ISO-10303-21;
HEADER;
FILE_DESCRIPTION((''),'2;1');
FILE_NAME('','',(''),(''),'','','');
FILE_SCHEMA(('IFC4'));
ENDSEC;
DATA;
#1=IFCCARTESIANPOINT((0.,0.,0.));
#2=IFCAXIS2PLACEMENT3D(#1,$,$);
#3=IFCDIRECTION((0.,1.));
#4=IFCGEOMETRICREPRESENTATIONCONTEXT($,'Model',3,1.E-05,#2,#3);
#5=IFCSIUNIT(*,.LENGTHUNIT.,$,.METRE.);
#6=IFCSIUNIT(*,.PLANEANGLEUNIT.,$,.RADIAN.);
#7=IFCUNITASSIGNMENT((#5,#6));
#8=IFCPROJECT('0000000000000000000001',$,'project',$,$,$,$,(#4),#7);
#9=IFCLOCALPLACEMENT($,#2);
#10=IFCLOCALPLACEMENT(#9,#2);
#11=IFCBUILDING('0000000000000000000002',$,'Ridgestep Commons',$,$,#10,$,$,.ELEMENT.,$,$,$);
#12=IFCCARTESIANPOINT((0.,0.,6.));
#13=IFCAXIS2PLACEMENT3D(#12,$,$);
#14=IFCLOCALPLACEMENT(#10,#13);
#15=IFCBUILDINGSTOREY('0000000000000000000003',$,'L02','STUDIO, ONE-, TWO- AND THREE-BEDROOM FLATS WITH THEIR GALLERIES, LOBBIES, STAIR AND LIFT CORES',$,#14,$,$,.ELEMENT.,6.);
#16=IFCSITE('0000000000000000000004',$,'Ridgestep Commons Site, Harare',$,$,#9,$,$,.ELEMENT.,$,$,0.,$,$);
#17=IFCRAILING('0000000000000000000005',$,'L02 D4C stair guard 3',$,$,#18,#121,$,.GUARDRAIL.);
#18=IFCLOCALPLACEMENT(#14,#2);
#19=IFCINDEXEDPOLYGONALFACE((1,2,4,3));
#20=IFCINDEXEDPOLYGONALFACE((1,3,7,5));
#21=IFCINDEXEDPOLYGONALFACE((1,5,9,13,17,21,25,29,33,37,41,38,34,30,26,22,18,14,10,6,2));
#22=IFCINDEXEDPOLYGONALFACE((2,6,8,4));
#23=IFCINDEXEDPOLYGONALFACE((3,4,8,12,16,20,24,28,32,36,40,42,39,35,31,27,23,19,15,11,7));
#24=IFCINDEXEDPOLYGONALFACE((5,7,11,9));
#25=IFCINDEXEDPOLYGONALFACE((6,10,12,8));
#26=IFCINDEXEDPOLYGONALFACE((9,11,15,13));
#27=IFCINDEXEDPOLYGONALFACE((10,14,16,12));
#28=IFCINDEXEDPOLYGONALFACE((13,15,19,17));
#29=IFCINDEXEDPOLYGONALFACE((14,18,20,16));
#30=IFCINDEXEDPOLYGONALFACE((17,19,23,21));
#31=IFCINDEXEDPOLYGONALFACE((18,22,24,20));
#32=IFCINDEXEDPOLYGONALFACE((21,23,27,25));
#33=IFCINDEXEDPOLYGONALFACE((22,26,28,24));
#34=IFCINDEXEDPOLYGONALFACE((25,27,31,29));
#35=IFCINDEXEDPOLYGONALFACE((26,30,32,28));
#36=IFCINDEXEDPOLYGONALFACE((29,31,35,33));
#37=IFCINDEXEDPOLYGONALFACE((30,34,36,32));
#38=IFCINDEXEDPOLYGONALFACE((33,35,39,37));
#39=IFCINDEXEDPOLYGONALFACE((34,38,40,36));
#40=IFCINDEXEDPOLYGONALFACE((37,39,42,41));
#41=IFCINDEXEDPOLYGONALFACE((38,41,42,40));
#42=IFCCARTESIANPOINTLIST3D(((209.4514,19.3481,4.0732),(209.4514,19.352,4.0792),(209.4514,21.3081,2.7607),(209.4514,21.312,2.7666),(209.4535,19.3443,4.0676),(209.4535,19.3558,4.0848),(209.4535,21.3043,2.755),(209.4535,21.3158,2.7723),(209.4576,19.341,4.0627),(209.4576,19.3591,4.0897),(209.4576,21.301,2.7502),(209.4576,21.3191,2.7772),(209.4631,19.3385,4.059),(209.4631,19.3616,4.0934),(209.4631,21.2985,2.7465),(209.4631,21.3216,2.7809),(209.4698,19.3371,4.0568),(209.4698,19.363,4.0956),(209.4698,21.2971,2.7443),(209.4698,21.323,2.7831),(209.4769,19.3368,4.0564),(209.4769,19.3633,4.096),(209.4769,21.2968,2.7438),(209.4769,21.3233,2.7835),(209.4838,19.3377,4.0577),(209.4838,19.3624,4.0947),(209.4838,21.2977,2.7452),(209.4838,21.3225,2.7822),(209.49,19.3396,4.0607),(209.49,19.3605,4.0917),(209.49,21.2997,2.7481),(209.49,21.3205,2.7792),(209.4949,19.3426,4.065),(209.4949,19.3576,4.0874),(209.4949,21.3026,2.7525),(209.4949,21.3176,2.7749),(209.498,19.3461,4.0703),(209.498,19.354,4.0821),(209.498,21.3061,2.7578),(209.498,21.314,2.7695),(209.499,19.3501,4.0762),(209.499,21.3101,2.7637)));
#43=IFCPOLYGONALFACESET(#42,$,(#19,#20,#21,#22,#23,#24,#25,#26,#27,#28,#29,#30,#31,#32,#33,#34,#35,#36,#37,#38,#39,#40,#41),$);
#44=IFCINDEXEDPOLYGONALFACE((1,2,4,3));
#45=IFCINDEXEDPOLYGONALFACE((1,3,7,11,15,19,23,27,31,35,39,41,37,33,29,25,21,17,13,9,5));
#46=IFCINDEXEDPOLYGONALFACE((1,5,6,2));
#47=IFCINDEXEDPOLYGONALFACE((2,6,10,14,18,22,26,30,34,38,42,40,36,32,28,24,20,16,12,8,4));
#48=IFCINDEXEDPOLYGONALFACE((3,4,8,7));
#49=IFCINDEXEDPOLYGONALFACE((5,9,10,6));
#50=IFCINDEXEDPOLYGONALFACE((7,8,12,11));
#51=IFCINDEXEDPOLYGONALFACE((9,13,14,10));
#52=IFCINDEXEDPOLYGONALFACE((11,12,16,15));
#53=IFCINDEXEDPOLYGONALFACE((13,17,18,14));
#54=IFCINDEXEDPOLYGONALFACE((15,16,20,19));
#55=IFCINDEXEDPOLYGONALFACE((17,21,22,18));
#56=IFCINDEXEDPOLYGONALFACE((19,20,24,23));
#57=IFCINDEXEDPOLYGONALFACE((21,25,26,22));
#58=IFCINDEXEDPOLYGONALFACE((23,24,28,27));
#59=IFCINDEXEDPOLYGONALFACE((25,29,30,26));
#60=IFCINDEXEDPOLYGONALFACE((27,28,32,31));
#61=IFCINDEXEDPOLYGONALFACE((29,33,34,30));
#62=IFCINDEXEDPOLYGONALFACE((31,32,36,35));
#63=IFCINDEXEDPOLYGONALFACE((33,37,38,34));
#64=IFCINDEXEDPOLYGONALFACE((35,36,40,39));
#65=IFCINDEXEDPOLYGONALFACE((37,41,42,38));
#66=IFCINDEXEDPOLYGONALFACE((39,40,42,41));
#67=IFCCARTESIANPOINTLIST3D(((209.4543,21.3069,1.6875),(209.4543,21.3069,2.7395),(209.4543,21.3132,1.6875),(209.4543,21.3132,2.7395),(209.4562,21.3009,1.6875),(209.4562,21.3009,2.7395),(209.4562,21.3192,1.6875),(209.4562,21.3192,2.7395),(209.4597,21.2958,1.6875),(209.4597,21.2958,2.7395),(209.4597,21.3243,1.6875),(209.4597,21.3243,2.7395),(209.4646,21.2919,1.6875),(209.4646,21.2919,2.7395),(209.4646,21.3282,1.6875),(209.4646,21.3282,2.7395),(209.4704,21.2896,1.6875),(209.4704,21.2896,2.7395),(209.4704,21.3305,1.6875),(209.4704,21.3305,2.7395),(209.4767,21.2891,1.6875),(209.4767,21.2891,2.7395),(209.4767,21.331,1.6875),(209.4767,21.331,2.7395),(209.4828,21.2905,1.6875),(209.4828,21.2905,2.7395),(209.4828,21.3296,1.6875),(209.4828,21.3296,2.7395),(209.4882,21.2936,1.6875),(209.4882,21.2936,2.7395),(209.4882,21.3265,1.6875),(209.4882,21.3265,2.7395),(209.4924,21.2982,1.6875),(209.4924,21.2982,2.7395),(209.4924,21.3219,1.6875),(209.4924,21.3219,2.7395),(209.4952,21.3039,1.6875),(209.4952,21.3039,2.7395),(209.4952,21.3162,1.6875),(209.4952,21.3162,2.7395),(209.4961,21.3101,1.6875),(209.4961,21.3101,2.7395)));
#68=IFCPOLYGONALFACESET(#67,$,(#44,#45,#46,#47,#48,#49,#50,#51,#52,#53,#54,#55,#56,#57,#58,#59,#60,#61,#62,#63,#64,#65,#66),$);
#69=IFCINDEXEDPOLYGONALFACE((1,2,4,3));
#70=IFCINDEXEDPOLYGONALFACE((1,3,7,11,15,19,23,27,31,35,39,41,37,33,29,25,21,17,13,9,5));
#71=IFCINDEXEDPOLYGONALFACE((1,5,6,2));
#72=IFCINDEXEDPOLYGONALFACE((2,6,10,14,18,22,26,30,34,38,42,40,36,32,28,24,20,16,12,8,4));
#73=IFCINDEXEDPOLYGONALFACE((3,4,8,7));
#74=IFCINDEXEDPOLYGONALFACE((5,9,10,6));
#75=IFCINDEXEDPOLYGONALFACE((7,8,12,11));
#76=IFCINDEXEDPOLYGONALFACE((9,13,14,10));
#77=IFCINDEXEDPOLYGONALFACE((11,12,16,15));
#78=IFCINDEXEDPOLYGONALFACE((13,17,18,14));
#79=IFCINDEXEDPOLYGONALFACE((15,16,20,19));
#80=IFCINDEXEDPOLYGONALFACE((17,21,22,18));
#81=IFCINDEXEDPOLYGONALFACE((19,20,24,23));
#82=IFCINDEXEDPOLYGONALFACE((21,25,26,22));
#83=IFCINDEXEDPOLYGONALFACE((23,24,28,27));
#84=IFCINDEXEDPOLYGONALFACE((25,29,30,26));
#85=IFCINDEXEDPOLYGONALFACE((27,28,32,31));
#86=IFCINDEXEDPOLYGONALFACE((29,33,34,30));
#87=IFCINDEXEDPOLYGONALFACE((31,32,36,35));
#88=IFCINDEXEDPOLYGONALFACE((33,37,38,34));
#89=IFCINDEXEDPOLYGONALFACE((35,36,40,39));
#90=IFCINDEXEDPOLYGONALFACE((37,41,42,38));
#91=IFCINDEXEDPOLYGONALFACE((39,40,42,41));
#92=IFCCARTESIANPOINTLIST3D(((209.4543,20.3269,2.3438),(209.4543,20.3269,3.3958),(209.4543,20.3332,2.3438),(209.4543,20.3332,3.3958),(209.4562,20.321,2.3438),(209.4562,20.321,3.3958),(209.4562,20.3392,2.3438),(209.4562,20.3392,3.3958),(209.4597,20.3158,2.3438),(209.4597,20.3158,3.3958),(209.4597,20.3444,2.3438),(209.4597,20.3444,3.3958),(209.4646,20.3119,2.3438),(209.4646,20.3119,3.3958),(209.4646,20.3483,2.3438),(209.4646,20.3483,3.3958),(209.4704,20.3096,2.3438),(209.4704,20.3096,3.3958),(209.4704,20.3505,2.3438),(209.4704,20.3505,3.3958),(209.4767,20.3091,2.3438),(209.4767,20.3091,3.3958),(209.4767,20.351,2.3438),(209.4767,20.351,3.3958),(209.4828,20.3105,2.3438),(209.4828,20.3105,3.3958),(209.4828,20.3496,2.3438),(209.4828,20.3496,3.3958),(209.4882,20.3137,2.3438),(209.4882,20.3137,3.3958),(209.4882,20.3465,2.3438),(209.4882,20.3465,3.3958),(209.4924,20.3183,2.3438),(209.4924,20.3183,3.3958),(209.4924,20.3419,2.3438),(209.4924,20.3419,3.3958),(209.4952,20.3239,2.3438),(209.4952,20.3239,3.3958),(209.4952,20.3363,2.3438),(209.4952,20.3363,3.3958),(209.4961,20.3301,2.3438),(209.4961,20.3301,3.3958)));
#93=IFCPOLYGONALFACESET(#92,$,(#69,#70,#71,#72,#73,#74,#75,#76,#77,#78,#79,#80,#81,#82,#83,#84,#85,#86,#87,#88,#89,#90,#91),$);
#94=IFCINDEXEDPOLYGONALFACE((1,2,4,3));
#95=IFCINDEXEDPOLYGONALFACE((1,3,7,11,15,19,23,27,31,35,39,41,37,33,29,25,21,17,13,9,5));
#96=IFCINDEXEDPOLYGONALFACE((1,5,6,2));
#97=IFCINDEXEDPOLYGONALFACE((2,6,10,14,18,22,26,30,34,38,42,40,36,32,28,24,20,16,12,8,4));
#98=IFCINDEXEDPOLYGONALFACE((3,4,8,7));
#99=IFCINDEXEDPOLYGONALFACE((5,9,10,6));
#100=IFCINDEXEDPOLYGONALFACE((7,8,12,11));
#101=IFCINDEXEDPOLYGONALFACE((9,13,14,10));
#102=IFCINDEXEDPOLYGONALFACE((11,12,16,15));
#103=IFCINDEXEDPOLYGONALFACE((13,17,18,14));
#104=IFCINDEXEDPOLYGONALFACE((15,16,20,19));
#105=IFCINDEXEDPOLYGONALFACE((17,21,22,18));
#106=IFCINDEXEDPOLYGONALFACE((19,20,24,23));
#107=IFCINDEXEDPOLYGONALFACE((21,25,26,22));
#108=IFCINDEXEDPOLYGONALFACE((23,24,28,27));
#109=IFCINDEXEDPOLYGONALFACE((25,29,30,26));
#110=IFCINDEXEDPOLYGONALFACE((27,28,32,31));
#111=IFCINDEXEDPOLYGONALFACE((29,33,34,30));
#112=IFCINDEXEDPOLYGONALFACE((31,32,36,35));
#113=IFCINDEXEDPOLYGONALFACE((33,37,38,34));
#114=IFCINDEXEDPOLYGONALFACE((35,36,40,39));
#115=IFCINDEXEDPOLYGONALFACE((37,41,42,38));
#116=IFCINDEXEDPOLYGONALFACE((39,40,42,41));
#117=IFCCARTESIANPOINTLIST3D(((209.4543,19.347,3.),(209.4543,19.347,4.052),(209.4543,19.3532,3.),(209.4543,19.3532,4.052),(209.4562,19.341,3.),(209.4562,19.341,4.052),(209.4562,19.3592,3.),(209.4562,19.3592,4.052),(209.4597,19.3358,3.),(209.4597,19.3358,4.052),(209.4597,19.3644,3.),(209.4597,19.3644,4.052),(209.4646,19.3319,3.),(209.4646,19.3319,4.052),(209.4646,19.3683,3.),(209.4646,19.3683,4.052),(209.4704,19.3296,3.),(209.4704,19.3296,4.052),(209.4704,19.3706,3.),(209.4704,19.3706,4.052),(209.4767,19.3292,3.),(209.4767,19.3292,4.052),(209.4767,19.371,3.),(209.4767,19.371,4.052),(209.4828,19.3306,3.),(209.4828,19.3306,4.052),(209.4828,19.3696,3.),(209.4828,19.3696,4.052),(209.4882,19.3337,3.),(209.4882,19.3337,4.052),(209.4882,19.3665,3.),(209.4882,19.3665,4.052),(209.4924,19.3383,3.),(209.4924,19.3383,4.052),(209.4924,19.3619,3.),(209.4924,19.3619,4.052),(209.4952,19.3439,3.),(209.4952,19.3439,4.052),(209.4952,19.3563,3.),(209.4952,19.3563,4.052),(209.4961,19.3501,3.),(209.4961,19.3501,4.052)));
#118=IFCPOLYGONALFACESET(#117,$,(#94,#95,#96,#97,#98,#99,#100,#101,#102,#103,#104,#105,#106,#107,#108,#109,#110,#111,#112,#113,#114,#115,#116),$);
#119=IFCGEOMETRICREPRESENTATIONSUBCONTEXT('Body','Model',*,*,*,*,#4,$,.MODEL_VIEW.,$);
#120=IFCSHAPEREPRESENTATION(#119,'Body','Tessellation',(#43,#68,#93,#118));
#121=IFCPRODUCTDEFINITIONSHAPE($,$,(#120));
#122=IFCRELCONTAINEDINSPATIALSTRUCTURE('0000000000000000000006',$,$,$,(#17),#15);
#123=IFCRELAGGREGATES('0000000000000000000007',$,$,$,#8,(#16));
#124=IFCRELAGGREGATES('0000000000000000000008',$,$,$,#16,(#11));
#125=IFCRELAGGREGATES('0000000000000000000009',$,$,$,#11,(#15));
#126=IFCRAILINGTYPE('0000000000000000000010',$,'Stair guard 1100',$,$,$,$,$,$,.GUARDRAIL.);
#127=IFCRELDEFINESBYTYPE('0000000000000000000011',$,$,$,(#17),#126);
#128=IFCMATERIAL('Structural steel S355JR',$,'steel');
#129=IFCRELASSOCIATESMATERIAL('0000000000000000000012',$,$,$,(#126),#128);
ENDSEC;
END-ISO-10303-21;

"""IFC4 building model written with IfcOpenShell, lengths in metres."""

from ifc_helpers import new_model, si_unit, direction, frame, origin, origin_2d, place, context, subcontext, project, spatial, circle, extrude, material, type_object, element, save


model = new_model("IFC4")

# Units and contexts
model_context = context("Model", 3, precision=1e-05, world=origin(), true_north=direction((0.0, 1.0)))
body_context = subcontext(model_context, "Body", "Model", "MODEL_VIEW")
ifc_project = project(units=[si_unit("LENGTHUNIT", "METRE"), si_unit("PLANEANGLEUNIT", "RADIAN")], contexts=[model_context])

# Site, building, storey
site_placement = place(None, origin())
site = spatial("IfcSite", under=ifc_project, at=site_placement, Name="Ridgestep Commons Site, Harare", CompositionType="ELEMENT", RefElevation=0.0)
building_placement = place(site_placement, origin())
building = spatial("IfcBuilding", under=site, at=building_placement, Name="Ridgestep Commons", CompositionType="ELEMENT")
storey_placement = place(building_placement, frame((0.0, 0.0, 6.0)))
storey = spatial("IfcBuildingStorey", under=building, at=storey_placement, Name="L02", Description="STUDIO, ONE-, TWO- AND THREE-BEDROOM FLATS WITH THEIR GALLERIES, LOBBIES, STAIR AND LIFT CORES", CompositionType="ELEMENT", Elevation=6.0)

# Railing
ifc_material_1 = material(Name="Structural steel S355JR", Category="steel")
railing_type_1 = type_object("IfcRailingType", Name="Stair guard 1100", PredefinedType="GUARDRAIL", material=ifc_material_1)
railing_1_placement = place(storey_placement, frame((209.4751, 21.3101, 1.6875)))
element("IfcRailing", 1, at=railing_1_placement, inside=storey, type_object=railing_type_1, Name="L02 D4C stair guard 3", PredefinedType="GUARDRAIL", context=body_context, shape_type="SweptSolid", body=[
    extrude(circle(Radius=0.0239, at=origin_2d()), frame((0.0, 0.0, 1.0762), z_axis=(0.0, -0.830902, 0.556419), x_axis=(1.0, 0.0, 0.0)), (0.0, 0.0, 1.0), 2.3589),
    extrude(circle(Radius=0.021, at=origin_2d()), origin(), (0.0, 0.0, 1.0), 1.052),
    extrude(circle(Radius=0.021, at=origin_2d()), frame((0.0, -0.98, 0.6562)), (0.0, 0.0, 1.0), 1.052),
    extrude(circle(Radius=0.021, at=origin_2d()), frame((0.0, -1.96, 1.3125)), (0.0, 0.0, 1.0), 1.052),
])

save(model, "model.ifc")
